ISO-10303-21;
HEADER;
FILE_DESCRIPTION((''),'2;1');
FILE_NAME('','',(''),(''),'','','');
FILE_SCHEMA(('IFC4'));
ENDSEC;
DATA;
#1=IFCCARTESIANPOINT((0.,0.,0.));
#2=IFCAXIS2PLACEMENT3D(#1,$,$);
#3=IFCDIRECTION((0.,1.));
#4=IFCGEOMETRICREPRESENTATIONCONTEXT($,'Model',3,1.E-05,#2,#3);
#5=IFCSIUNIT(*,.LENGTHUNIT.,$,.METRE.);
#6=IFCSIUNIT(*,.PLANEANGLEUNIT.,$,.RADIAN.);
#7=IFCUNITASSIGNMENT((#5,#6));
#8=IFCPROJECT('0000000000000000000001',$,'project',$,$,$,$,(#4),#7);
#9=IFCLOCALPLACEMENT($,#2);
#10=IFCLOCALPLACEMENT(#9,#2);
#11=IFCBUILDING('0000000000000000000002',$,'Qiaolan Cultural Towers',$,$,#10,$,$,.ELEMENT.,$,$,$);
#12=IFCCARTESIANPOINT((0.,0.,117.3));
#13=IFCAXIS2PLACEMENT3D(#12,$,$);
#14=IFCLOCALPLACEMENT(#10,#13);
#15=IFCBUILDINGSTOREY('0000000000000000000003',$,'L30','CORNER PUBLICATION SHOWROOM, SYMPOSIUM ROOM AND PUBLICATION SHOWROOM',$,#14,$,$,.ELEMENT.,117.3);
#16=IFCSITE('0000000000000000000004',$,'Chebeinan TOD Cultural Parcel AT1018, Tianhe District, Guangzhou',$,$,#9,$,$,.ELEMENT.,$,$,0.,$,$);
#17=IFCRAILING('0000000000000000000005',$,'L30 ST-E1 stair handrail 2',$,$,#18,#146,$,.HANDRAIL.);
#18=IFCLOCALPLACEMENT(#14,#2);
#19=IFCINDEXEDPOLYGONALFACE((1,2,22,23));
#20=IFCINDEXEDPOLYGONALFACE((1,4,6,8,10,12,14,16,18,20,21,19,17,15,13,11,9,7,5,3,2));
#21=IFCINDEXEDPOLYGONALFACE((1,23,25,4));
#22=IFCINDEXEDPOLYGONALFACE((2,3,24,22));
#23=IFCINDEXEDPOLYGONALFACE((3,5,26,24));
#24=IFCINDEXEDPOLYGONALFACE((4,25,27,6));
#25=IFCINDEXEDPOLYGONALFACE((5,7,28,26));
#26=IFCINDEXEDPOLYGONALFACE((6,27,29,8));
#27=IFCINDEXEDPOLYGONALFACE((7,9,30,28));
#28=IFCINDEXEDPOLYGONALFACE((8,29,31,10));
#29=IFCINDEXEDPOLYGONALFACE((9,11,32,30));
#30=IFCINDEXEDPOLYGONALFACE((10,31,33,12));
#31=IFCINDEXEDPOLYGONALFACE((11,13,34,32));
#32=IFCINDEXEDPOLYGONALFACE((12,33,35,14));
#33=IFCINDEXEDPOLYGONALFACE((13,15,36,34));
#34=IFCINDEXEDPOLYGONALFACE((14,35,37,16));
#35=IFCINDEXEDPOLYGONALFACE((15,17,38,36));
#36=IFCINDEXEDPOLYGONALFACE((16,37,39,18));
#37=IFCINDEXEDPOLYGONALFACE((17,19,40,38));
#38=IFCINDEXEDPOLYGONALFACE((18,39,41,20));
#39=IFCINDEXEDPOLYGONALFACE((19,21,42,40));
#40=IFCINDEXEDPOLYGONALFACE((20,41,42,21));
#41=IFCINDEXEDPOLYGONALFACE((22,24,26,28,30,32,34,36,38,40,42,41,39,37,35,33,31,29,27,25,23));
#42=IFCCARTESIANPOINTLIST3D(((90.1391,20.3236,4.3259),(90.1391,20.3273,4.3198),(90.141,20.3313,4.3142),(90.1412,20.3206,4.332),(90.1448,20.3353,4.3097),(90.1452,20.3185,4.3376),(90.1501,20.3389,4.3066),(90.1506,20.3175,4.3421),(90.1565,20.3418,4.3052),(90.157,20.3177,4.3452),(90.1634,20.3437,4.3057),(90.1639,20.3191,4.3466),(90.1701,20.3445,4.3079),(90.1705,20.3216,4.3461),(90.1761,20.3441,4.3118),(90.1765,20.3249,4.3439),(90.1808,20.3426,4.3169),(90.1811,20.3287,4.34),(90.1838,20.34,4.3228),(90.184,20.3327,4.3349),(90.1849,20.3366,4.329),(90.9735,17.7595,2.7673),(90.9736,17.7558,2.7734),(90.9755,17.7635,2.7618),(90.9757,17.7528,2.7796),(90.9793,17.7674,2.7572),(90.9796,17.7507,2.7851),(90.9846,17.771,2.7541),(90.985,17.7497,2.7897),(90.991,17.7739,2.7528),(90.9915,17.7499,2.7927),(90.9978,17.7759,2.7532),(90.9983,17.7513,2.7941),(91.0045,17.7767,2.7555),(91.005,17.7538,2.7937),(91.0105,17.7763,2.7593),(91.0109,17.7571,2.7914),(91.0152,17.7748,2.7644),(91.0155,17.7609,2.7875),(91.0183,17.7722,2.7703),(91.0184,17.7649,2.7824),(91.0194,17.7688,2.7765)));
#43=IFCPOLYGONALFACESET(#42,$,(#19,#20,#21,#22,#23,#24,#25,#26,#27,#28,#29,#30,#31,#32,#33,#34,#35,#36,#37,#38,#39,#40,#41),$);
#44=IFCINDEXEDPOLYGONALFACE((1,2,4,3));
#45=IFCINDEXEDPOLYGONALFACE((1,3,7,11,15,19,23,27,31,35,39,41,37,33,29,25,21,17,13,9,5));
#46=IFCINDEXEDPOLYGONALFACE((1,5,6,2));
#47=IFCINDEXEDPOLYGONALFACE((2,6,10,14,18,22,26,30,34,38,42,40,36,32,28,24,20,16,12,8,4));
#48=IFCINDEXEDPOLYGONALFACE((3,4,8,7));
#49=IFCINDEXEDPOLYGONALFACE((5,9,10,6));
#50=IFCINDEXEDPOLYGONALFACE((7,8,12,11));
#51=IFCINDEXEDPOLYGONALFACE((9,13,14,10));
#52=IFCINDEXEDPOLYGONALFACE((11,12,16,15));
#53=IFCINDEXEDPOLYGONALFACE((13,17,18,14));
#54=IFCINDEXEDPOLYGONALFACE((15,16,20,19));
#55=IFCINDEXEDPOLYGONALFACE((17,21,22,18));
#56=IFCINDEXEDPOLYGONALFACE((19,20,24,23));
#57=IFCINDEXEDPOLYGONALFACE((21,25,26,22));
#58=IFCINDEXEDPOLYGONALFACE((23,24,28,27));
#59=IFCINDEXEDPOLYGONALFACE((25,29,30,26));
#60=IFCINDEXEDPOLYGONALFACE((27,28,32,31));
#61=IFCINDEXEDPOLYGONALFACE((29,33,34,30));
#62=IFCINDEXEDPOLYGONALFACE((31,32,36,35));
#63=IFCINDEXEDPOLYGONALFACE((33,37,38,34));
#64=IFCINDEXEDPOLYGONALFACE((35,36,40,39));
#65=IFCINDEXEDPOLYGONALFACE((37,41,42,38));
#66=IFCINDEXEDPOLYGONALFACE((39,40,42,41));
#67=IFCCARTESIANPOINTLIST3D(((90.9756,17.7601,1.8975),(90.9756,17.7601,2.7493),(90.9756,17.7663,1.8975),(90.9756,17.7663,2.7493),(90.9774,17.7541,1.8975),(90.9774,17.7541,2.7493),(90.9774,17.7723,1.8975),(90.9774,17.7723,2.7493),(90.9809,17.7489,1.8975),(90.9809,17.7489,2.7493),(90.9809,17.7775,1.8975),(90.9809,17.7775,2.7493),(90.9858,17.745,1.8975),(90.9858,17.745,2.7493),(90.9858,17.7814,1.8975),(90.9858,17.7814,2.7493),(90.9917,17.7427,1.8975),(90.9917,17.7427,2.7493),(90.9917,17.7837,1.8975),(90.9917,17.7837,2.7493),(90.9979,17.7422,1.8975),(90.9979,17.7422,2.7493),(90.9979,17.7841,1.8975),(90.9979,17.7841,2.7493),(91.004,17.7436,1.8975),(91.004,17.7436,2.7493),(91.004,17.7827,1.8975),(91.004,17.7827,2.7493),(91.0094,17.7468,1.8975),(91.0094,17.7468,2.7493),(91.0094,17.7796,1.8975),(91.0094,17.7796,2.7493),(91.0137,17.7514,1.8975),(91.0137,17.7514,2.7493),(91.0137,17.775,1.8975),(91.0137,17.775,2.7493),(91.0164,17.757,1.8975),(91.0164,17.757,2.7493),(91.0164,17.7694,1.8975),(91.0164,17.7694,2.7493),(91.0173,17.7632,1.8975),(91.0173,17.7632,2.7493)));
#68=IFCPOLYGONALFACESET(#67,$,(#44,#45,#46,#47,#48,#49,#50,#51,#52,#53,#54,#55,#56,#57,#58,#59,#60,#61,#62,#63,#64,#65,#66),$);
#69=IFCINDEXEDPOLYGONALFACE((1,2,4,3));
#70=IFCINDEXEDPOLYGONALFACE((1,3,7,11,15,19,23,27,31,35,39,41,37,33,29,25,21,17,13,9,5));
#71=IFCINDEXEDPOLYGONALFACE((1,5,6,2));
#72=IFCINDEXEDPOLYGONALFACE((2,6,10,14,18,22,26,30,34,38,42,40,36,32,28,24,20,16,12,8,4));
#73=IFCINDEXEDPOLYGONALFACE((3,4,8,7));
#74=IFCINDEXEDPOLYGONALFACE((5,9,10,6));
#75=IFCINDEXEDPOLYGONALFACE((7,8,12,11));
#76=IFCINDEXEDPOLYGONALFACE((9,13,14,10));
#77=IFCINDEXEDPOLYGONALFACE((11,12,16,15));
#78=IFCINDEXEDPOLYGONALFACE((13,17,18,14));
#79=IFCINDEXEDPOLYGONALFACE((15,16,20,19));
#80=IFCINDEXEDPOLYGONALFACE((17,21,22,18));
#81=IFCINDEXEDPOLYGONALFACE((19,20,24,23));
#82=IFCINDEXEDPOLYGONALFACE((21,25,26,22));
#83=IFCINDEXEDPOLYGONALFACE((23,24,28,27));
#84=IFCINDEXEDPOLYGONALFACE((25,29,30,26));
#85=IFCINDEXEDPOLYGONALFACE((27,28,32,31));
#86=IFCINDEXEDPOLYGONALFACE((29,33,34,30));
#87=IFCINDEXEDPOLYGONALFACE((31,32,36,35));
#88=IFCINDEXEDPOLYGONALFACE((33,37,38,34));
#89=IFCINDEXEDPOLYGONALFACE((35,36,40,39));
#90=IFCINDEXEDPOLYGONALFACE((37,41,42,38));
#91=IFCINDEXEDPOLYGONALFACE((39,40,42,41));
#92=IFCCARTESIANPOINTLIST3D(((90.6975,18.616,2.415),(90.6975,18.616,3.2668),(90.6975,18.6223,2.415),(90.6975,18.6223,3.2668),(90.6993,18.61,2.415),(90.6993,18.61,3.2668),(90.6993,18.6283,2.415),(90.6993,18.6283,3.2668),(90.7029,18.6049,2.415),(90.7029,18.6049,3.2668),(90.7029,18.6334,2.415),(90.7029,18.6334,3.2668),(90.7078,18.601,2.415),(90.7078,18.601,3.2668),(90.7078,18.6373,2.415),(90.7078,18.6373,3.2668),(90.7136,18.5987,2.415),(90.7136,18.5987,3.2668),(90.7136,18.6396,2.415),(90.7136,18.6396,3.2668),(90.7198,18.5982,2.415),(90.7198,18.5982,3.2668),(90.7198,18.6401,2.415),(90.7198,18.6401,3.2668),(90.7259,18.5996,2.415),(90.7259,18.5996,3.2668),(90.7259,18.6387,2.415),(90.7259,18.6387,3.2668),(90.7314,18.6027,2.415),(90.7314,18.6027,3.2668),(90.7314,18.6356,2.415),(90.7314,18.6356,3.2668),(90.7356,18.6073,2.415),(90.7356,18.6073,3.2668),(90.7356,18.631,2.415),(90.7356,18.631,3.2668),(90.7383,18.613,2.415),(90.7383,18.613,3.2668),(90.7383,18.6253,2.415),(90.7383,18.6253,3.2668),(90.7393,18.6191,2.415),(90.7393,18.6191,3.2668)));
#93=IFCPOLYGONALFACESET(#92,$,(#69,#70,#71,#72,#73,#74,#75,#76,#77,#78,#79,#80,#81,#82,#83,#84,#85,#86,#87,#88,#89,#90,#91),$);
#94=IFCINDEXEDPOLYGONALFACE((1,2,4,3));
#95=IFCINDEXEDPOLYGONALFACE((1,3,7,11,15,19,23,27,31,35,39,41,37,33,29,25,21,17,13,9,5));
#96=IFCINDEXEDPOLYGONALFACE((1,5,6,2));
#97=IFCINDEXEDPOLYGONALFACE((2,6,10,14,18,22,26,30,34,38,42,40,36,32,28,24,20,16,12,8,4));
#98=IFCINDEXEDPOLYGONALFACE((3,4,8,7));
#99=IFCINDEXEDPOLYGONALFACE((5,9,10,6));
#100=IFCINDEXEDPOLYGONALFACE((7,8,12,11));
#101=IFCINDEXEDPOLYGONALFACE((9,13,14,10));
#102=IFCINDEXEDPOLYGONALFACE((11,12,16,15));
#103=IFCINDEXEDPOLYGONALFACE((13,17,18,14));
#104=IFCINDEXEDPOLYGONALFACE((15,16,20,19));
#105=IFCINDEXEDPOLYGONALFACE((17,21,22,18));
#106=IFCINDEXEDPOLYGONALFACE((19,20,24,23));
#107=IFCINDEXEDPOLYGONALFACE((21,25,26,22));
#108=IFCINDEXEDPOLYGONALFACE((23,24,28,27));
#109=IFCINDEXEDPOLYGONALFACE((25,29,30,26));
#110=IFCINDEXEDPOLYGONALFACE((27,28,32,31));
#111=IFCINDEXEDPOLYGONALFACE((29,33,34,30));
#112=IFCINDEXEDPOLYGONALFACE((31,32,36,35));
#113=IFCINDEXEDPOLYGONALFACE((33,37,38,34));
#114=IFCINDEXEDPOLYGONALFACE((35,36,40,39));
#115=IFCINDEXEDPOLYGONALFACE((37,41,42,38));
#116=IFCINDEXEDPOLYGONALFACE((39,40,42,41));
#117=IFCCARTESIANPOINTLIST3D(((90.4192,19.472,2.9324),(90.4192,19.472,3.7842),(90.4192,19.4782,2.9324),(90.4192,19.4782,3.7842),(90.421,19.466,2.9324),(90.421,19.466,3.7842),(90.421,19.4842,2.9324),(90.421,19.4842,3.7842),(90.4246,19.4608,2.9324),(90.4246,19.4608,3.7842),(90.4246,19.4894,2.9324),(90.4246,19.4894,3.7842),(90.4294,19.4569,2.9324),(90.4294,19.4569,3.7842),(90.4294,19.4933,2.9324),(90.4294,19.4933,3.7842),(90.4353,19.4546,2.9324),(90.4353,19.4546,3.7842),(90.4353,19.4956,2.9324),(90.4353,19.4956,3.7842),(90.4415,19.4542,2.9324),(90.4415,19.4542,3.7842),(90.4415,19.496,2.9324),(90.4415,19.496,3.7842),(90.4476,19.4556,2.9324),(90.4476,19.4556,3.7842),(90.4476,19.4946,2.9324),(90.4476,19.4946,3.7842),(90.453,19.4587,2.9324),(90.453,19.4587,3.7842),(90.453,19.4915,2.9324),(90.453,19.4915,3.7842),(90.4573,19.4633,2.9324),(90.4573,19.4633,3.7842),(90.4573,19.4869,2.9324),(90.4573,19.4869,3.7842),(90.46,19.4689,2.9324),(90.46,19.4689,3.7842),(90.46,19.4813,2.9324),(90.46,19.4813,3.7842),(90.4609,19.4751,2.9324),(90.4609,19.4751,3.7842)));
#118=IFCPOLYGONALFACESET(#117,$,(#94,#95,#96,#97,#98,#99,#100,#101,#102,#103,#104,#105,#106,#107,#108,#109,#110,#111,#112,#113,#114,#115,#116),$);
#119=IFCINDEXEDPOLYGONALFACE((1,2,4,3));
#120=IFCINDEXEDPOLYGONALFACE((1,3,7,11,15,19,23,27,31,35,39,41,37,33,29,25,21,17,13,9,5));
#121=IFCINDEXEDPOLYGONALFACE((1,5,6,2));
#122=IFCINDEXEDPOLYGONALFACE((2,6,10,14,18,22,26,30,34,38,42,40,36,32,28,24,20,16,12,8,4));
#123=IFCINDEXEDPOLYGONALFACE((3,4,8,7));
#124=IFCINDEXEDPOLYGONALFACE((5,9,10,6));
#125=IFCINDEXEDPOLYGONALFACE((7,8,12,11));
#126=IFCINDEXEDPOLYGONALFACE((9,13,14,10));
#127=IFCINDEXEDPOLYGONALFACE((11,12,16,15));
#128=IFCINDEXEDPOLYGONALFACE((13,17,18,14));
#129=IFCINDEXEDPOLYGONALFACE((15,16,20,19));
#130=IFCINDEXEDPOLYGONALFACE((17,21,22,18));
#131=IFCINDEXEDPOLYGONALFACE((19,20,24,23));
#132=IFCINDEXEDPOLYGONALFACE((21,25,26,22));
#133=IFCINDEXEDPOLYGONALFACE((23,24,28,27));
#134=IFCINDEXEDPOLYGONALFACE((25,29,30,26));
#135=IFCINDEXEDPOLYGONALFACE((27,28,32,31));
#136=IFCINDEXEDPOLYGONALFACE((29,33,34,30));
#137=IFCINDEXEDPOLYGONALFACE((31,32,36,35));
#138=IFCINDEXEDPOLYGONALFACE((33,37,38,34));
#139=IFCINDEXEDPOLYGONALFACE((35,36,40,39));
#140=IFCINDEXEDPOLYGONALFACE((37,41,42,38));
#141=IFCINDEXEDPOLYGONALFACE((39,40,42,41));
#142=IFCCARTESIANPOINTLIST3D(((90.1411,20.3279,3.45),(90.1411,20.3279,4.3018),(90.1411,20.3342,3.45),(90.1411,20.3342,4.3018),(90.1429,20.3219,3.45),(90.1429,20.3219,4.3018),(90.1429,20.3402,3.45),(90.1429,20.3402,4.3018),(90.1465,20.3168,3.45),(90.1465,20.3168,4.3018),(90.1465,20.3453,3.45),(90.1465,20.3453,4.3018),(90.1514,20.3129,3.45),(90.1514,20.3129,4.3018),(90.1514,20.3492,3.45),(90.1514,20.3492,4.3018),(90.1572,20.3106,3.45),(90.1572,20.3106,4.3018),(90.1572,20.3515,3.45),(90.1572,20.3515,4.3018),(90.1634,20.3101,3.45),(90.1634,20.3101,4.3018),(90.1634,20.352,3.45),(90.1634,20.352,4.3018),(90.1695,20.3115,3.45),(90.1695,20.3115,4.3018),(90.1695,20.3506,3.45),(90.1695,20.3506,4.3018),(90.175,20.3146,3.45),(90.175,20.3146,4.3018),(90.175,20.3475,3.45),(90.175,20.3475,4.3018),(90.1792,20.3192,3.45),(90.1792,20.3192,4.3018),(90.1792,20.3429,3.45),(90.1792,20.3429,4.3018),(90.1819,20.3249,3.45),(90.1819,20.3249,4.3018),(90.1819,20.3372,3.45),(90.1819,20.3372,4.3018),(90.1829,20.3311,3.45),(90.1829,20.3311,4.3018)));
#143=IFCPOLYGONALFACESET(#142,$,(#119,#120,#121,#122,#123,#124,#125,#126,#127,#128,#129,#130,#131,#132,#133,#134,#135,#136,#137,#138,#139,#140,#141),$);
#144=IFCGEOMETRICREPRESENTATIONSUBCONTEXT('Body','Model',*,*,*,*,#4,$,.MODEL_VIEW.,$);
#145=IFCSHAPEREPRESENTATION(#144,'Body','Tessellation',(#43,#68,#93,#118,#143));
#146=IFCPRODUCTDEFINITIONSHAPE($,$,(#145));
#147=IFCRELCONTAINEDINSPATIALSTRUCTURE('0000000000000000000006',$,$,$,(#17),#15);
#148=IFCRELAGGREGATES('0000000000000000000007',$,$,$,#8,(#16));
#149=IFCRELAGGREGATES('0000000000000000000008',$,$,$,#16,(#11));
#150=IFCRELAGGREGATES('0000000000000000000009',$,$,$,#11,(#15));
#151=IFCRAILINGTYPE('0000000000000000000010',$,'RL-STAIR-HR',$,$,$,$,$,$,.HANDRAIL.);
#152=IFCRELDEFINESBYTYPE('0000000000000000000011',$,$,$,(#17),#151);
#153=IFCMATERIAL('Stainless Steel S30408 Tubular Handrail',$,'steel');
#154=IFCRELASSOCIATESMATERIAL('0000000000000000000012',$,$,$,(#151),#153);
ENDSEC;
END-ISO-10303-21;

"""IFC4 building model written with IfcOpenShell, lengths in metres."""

from ifc_helpers import new_model, si_unit, direction, frame, origin, origin_2d, place, context, subcontext, project, spatial, circle, extrude, material, type_object, element, save


model = new_model("IFC4")

# Units and contexts
model_context = context("Model", 3, precision=1e-05, world=origin(), true_north=direction((0.0, 1.0)))
body_context = subcontext(model_context, "Body", "Model", "MODEL_VIEW")
ifc_project = project(units=[si_unit("LENGTHUNIT", "METRE"), si_unit("PLANEANGLEUNIT", "RADIAN")], contexts=[model_context])

# Site, building, storey
site_placement = place(None, origin())
site = spatial("IfcSite", under=ifc_project, at=site_placement, Name="Chebeinan TOD Cultural Parcel AT1018, Tianhe District, Guangzhou", CompositionType="ELEMENT", RefElevation=0.0)
building_placement = place(site_placement, origin())
building = spatial("IfcBuilding", under=site, at=building_placement, Name="Qiaolan Cultural Towers", CompositionType="ELEMENT")
storey_placement = place(building_placement, frame((0.0, 0.0, 117.3)))
storey = spatial("IfcBuildingStorey", under=building, at=storey_placement, Name="L30", Description="CORNER PUBLICATION SHOWROOM, SYMPOSIUM ROOM AND PUBLICATION SHOWROOM", CompositionType="ELEMENT", Elevation=117.3)

# Railing
ifc_material_1 = material(Name="Stainless Steel S30408 Tubular Handrail", Category="steel")
railing_type = type_object("IfcRailingType", Name="RL-STAIR-HR", PredefinedType="HANDRAIL", material=ifc_material_1)
railing_placement = place(storey_placement, frame((90.9963, 17.7632, 1.8975)))
element("IfcRailing", 1, at=railing_placement, inside=storey, type_object=railing_type, Name="L30 ST-E1 stair handrail 2", PredefinedType="HANDRAIL", context=body_context, shape_type="SweptSolid", body=[
    extrude(circle(Radius=0.0239, at=origin_2d()), frame((0.0, 0.0, 0.876), z_axis=(-0.267926, 0.824471, 0.498461), x_axis=(-0.951043, -0.309057, 0.0)), (0.0, 0.0, 1.0), 3.1145),
    extrude(circle(Radius=0.021, at=origin_2d()), origin(), (0.0, 0.0, 1.0), 0.8518),
    extrude(circle(Radius=0.021, at=origin_2d()), frame((-0.2781, 0.856, 0.5176)), (0.0, 0.0, 1.0), 0.8518),
    extrude(circle(Radius=0.021, at=origin_2d()), frame((-0.5564, 1.7119, 1.0349)), (0.0, 0.0, 1.0), 0.8518),
    extrude(circle(Radius=0.021, at=origin_2d()), frame((-0.8345, 2.5679, 1.5525)), (0.0, 0.0, 1.0), 0.8518),
])

save(model, "model.ifc")
